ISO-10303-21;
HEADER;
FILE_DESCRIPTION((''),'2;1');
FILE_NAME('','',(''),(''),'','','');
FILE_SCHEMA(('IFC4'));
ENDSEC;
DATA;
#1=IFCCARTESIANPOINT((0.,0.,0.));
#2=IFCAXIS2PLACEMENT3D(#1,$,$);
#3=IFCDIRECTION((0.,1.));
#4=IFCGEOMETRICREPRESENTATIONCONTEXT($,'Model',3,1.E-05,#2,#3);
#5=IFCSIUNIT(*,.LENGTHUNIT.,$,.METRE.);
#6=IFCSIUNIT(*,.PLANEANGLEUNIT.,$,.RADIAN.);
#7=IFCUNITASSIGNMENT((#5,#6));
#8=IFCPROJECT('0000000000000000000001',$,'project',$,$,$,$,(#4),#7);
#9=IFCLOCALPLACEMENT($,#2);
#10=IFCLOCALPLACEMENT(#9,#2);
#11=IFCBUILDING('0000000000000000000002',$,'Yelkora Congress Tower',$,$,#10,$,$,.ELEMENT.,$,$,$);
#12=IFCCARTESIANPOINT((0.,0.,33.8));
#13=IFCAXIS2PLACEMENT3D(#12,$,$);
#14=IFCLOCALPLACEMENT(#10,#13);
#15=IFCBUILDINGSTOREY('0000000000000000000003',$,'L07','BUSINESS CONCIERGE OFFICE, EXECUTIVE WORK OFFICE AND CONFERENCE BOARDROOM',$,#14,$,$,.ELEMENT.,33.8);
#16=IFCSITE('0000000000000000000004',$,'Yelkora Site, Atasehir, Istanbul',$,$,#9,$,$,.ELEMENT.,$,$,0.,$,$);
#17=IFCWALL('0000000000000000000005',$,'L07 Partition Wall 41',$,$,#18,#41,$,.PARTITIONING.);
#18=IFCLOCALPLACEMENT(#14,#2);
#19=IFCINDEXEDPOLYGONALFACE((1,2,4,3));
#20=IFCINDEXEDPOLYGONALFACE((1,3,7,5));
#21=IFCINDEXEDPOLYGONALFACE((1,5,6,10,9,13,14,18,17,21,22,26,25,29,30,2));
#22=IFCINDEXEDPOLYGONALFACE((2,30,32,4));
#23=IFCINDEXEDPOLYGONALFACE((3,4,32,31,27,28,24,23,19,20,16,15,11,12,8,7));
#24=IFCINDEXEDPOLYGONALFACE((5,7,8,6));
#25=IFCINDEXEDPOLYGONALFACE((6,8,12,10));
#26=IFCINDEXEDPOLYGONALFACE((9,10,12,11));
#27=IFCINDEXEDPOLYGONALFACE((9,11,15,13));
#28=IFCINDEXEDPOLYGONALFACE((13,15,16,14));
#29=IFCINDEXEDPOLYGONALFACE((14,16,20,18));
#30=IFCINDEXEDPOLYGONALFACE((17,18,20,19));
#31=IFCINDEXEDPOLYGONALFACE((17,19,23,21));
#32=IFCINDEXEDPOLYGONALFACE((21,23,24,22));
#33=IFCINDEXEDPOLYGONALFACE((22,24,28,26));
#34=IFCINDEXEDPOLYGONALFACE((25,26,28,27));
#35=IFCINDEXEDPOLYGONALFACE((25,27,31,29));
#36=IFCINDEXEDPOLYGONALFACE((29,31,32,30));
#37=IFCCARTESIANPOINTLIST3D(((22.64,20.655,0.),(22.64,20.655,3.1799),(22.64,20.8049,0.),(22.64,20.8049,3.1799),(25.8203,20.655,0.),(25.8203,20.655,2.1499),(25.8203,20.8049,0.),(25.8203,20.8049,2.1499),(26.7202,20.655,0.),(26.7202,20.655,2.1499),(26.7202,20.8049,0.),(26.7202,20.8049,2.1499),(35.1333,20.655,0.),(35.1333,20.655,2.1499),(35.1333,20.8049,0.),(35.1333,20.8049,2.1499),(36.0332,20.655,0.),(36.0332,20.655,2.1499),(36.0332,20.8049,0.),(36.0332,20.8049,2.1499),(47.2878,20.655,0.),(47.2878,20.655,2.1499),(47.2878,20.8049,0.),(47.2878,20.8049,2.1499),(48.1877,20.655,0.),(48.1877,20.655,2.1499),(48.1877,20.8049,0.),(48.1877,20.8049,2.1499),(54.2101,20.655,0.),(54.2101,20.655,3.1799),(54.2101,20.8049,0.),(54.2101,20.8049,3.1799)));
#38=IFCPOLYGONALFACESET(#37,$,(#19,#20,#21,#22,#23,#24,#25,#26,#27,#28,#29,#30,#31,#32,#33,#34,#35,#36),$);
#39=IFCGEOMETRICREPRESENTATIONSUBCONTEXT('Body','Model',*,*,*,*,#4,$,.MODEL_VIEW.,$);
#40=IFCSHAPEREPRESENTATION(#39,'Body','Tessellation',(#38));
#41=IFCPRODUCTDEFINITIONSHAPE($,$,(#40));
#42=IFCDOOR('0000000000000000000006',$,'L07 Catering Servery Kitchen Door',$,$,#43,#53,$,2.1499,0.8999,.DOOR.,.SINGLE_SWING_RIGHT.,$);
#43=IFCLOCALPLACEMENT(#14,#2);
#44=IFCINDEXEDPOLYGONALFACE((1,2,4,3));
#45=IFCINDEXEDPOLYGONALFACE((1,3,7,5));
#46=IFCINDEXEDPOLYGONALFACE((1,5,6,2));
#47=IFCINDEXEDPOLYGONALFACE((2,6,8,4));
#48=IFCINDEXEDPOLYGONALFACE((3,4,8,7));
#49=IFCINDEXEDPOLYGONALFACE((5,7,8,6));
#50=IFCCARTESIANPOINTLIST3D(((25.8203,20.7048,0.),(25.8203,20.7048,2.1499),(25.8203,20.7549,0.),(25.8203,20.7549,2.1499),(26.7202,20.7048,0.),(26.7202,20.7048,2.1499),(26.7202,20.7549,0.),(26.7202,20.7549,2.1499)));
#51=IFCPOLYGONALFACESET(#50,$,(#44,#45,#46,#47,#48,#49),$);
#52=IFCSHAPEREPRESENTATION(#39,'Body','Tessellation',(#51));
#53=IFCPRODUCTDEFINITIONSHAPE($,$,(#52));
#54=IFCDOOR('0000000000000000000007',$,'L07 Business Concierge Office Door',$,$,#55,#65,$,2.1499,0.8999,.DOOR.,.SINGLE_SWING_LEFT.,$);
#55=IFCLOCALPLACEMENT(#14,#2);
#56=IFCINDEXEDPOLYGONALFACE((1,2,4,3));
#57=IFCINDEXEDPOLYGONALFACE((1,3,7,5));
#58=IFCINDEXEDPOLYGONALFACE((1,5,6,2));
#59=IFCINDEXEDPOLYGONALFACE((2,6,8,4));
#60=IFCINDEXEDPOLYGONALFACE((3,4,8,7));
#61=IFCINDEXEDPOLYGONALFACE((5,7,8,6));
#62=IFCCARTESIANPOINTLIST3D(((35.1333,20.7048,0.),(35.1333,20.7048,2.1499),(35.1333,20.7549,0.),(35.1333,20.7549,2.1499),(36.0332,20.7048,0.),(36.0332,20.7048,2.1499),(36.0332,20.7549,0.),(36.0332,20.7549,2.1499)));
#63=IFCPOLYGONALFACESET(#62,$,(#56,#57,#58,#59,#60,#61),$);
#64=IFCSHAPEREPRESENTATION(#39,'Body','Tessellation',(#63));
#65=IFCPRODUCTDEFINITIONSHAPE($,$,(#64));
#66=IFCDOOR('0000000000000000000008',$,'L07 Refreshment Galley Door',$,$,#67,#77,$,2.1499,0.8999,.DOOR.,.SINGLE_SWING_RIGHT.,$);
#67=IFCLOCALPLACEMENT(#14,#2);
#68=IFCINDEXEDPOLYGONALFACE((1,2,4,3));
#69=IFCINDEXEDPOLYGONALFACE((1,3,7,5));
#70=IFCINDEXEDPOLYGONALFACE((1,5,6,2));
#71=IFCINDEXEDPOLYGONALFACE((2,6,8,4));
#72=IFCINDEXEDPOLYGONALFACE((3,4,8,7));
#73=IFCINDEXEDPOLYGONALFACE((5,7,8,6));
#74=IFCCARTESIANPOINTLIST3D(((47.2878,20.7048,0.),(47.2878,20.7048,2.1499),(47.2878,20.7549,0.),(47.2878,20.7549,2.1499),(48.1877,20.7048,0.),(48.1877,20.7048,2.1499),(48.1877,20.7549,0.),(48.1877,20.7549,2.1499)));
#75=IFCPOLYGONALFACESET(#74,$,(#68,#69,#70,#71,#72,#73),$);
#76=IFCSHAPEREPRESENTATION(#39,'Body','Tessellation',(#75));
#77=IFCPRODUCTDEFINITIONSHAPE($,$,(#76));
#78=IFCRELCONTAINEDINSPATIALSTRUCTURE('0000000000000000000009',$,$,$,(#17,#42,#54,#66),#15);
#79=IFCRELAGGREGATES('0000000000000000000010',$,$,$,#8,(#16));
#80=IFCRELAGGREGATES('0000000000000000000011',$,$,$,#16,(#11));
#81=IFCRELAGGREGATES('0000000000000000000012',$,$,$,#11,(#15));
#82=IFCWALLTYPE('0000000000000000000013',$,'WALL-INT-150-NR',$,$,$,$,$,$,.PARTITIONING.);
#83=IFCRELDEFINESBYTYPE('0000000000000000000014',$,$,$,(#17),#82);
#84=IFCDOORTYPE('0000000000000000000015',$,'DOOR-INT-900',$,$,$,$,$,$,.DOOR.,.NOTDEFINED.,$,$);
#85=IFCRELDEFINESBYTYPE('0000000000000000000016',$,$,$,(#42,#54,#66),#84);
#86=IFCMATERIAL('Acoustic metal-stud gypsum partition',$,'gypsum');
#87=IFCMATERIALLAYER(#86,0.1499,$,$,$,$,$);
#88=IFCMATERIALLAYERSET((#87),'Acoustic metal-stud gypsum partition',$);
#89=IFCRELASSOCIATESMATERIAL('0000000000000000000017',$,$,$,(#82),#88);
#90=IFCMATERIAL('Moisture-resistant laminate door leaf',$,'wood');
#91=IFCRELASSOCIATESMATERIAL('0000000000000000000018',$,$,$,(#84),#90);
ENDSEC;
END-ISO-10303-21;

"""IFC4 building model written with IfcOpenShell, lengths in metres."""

from ifc_helpers import new_model, si_unit, direction, frame, frame_2d, origin, place, context, subcontext, project, spatial, rectangle, extrude, material, layer, layer_set, type_object, element, fill, save


model = new_model("IFC4")

# Units and contexts
model_context = context("Model", 3, precision=1e-05, world=origin(), true_north=direction((0.0, 1.0)))
body_context = subcontext(model_context, "Body", "Model", "MODEL_VIEW")
ifc_project = project(units=[si_unit("LENGTHUNIT", "METRE"), si_unit("PLANEANGLEUNIT", "RADIAN")], contexts=[model_context])

# Site, building, storey
site_placement = place(None, origin())
site = spatial("IfcSite", under=ifc_project, at=site_placement, Name="Yelkora Site, Atasehir, Istanbul", CompositionType="ELEMENT", RefElevation=0.0)
building_placement = place(site_placement, origin())
building = spatial("IfcBuilding", under=site, at=building_placement, Name="Yelkora Congress Tower", CompositionType="ELEMENT")
storey_placement = place(building_placement, frame((0.0, 0.0, 33.8)))
storey = spatial("IfcBuildingStorey", under=building, at=storey_placement, Name="L07", Description="BUSINESS CONCIERGE OFFICE, EXECUTIVE WORK OFFICE AND CONFERENCE BOARDROOM", CompositionType="ELEMENT", Elevation=33.8)

# Shared definitions
ifc_material_1 = material(Name="Acoustic metal-stud gypsum partition", Category="gypsum")
ifc_layer_1 = layer(ifc_material_1, 0.1499)
ifc_layer_set_1 = layer_set([ifc_layer_1], Name="Acoustic metal-stud gypsum partition")
wall_type_1 = type_object("IfcWallType", Name="WALL-INT-150-NR", PredefinedType="PARTITIONING", material=ifc_layer_set_1)
ifc_material_2 = material(Name="Moisture-resistant laminate door leaf", Category="wood")
door_type = type_object("IfcDoorType", Name="DOOR-INT-900", OperationType="NOTDEFINED", PredefinedType="DOOR", material=ifc_material_2)

# Wall, openings, doors
wall_1_placement = place(storey_placement, frame((22.6399, 20.73, 0.0), z_axis=(0.0, 0.0, 1.0), x_axis=(1.0, 0.0, 0.0)))
wall_1 = element("IfcWall", 1, at=wall_1_placement, inside=storey, type_object=wall_type_1, Name="L07 Partition Wall 41", PredefinedType="PARTITIONING", context=body_context, shape_type="SweptSolid", body=[
    extrude(rectangle(XDim=31.5701, YDim=0.1499, at=frame_2d((15.7852, 0.0))), origin(), (0.0, 0.0, 1.0), 3.1799),
])
opening_1_placement = place(wall_1_placement, frame((3.1804, 0.0, 0.0)))
opening_1 = element("IfcOpeningElement", 2, at=opening_1_placement, cuts=wall_1, PredefinedType="OPENING", context=body_context, shape_type="SweptSolid", body=[
    extrude(rectangle(XDim=0.8999, YDim=2.1499, at=frame_2d((0.45, 1.075))), frame((0.0, 0.085, 0.0), z_axis=(0.0, -1.0, 0.0), x_axis=(1.0, 0.0, 0.0)), (0.0, 0.0, 1.0), 0.1699),
])
opening_2_placement = place(wall_1_placement, frame((12.4934, 0.0, 0.0)))
opening_2 = element("IfcOpeningElement", 3, at=opening_2_placement, cuts=wall_1, PredefinedType="OPENING", context=body_context, shape_type="SweptSolid", body=[
    extrude(rectangle(XDim=0.8999, YDim=2.1499, at=frame_2d((0.45, 1.075))), frame((0.0, 0.085, 0.0), z_axis=(0.0, -1.0, 0.0), x_axis=(1.0, 0.0, 0.0)), (0.0, 0.0, 1.0), 0.1699),
])
opening_3_placement = place(wall_1_placement, frame((24.6479, 0.0, 0.0)))
opening_3 = element("IfcOpeningElement", 4, at=opening_3_placement, cuts=wall_1, PredefinedType="OPENING", context=body_context, shape_type="SweptSolid", body=[
    extrude(rectangle(XDim=0.8999, YDim=2.1499, at=frame_2d((0.45, 1.075))), frame((0.0, 0.085, 0.0), z_axis=(0.0, -1.0, 0.0), x_axis=(1.0, 0.0, 0.0)), (0.0, 0.0, 1.0), 0.1699),
])
door_1_placement = place(opening_1_placement, origin())
door_1 = element("IfcDoor", 5, at=door_1_placement, inside=storey, type_object=door_type, Name="L07 Catering Servery Kitchen Door", OperationType="SINGLE_SWING_RIGHT", OverallHeight=2.1499, OverallWidth=0.8999, PredefinedType="DOOR", context=body_context, shape_type="SweptSolid", body=[
    extrude(rectangle(XDim=0.8999, YDim=2.1499, at=frame_2d((0.45, 1.075))), frame((0.0, 0.0249, 0.0), z_axis=(0.0, -1.0, 0.0), x_axis=(1.0, 0.0, 0.0)), (0.0, 0.0, 1.0), 0.05),
])
fill(opening_1, door_1)
door_2_placement = place(opening_2_placement, origin())
door_2 = element("IfcDoor", 6, at=door_2_placement, inside=storey, type_object=door_type, Name="L07 Business Concierge Office Door", OperationType="SINGLE_SWING_LEFT", OverallHeight=2.1499, OverallWidth=0.8999, PredefinedType="DOOR", context=body_context, shape_type="SweptSolid", body=[
    extrude(rectangle(XDim=0.8999, YDim=2.1499, at=frame_2d((0.45, 1.075))), frame((0.0, 0.0249, 0.0), z_axis=(0.0, -1.0, 0.0), x_axis=(1.0, 0.0, 0.0)), (0.0, 0.0, 1.0), 0.05),
])
fill(opening_2, door_2)
door_3_placement = place(opening_3_placement, origin())
door_3 = element("IfcDoor", 7, at=door_3_placement, inside=storey, type_object=door_type, Name="L07 Refreshment Galley Door", OperationType="SINGLE_SWING_RIGHT", OverallHeight=2.1499, OverallWidth=0.8999, PredefinedType="DOOR", context=body_context, shape_type="SweptSolid", body=[
    extrude(rectangle(XDim=0.8999, YDim=2.1499, at=frame_2d((0.45, 1.075))), frame((0.0, 0.0249, 0.0), z_axis=(0.0, -1.0, 0.0), x_axis=(1.0, 0.0, 0.0)), (0.0, 0.0, 1.0), 0.05),
])
fill(opening_3, door_3)

save(model, "model.ifc")
